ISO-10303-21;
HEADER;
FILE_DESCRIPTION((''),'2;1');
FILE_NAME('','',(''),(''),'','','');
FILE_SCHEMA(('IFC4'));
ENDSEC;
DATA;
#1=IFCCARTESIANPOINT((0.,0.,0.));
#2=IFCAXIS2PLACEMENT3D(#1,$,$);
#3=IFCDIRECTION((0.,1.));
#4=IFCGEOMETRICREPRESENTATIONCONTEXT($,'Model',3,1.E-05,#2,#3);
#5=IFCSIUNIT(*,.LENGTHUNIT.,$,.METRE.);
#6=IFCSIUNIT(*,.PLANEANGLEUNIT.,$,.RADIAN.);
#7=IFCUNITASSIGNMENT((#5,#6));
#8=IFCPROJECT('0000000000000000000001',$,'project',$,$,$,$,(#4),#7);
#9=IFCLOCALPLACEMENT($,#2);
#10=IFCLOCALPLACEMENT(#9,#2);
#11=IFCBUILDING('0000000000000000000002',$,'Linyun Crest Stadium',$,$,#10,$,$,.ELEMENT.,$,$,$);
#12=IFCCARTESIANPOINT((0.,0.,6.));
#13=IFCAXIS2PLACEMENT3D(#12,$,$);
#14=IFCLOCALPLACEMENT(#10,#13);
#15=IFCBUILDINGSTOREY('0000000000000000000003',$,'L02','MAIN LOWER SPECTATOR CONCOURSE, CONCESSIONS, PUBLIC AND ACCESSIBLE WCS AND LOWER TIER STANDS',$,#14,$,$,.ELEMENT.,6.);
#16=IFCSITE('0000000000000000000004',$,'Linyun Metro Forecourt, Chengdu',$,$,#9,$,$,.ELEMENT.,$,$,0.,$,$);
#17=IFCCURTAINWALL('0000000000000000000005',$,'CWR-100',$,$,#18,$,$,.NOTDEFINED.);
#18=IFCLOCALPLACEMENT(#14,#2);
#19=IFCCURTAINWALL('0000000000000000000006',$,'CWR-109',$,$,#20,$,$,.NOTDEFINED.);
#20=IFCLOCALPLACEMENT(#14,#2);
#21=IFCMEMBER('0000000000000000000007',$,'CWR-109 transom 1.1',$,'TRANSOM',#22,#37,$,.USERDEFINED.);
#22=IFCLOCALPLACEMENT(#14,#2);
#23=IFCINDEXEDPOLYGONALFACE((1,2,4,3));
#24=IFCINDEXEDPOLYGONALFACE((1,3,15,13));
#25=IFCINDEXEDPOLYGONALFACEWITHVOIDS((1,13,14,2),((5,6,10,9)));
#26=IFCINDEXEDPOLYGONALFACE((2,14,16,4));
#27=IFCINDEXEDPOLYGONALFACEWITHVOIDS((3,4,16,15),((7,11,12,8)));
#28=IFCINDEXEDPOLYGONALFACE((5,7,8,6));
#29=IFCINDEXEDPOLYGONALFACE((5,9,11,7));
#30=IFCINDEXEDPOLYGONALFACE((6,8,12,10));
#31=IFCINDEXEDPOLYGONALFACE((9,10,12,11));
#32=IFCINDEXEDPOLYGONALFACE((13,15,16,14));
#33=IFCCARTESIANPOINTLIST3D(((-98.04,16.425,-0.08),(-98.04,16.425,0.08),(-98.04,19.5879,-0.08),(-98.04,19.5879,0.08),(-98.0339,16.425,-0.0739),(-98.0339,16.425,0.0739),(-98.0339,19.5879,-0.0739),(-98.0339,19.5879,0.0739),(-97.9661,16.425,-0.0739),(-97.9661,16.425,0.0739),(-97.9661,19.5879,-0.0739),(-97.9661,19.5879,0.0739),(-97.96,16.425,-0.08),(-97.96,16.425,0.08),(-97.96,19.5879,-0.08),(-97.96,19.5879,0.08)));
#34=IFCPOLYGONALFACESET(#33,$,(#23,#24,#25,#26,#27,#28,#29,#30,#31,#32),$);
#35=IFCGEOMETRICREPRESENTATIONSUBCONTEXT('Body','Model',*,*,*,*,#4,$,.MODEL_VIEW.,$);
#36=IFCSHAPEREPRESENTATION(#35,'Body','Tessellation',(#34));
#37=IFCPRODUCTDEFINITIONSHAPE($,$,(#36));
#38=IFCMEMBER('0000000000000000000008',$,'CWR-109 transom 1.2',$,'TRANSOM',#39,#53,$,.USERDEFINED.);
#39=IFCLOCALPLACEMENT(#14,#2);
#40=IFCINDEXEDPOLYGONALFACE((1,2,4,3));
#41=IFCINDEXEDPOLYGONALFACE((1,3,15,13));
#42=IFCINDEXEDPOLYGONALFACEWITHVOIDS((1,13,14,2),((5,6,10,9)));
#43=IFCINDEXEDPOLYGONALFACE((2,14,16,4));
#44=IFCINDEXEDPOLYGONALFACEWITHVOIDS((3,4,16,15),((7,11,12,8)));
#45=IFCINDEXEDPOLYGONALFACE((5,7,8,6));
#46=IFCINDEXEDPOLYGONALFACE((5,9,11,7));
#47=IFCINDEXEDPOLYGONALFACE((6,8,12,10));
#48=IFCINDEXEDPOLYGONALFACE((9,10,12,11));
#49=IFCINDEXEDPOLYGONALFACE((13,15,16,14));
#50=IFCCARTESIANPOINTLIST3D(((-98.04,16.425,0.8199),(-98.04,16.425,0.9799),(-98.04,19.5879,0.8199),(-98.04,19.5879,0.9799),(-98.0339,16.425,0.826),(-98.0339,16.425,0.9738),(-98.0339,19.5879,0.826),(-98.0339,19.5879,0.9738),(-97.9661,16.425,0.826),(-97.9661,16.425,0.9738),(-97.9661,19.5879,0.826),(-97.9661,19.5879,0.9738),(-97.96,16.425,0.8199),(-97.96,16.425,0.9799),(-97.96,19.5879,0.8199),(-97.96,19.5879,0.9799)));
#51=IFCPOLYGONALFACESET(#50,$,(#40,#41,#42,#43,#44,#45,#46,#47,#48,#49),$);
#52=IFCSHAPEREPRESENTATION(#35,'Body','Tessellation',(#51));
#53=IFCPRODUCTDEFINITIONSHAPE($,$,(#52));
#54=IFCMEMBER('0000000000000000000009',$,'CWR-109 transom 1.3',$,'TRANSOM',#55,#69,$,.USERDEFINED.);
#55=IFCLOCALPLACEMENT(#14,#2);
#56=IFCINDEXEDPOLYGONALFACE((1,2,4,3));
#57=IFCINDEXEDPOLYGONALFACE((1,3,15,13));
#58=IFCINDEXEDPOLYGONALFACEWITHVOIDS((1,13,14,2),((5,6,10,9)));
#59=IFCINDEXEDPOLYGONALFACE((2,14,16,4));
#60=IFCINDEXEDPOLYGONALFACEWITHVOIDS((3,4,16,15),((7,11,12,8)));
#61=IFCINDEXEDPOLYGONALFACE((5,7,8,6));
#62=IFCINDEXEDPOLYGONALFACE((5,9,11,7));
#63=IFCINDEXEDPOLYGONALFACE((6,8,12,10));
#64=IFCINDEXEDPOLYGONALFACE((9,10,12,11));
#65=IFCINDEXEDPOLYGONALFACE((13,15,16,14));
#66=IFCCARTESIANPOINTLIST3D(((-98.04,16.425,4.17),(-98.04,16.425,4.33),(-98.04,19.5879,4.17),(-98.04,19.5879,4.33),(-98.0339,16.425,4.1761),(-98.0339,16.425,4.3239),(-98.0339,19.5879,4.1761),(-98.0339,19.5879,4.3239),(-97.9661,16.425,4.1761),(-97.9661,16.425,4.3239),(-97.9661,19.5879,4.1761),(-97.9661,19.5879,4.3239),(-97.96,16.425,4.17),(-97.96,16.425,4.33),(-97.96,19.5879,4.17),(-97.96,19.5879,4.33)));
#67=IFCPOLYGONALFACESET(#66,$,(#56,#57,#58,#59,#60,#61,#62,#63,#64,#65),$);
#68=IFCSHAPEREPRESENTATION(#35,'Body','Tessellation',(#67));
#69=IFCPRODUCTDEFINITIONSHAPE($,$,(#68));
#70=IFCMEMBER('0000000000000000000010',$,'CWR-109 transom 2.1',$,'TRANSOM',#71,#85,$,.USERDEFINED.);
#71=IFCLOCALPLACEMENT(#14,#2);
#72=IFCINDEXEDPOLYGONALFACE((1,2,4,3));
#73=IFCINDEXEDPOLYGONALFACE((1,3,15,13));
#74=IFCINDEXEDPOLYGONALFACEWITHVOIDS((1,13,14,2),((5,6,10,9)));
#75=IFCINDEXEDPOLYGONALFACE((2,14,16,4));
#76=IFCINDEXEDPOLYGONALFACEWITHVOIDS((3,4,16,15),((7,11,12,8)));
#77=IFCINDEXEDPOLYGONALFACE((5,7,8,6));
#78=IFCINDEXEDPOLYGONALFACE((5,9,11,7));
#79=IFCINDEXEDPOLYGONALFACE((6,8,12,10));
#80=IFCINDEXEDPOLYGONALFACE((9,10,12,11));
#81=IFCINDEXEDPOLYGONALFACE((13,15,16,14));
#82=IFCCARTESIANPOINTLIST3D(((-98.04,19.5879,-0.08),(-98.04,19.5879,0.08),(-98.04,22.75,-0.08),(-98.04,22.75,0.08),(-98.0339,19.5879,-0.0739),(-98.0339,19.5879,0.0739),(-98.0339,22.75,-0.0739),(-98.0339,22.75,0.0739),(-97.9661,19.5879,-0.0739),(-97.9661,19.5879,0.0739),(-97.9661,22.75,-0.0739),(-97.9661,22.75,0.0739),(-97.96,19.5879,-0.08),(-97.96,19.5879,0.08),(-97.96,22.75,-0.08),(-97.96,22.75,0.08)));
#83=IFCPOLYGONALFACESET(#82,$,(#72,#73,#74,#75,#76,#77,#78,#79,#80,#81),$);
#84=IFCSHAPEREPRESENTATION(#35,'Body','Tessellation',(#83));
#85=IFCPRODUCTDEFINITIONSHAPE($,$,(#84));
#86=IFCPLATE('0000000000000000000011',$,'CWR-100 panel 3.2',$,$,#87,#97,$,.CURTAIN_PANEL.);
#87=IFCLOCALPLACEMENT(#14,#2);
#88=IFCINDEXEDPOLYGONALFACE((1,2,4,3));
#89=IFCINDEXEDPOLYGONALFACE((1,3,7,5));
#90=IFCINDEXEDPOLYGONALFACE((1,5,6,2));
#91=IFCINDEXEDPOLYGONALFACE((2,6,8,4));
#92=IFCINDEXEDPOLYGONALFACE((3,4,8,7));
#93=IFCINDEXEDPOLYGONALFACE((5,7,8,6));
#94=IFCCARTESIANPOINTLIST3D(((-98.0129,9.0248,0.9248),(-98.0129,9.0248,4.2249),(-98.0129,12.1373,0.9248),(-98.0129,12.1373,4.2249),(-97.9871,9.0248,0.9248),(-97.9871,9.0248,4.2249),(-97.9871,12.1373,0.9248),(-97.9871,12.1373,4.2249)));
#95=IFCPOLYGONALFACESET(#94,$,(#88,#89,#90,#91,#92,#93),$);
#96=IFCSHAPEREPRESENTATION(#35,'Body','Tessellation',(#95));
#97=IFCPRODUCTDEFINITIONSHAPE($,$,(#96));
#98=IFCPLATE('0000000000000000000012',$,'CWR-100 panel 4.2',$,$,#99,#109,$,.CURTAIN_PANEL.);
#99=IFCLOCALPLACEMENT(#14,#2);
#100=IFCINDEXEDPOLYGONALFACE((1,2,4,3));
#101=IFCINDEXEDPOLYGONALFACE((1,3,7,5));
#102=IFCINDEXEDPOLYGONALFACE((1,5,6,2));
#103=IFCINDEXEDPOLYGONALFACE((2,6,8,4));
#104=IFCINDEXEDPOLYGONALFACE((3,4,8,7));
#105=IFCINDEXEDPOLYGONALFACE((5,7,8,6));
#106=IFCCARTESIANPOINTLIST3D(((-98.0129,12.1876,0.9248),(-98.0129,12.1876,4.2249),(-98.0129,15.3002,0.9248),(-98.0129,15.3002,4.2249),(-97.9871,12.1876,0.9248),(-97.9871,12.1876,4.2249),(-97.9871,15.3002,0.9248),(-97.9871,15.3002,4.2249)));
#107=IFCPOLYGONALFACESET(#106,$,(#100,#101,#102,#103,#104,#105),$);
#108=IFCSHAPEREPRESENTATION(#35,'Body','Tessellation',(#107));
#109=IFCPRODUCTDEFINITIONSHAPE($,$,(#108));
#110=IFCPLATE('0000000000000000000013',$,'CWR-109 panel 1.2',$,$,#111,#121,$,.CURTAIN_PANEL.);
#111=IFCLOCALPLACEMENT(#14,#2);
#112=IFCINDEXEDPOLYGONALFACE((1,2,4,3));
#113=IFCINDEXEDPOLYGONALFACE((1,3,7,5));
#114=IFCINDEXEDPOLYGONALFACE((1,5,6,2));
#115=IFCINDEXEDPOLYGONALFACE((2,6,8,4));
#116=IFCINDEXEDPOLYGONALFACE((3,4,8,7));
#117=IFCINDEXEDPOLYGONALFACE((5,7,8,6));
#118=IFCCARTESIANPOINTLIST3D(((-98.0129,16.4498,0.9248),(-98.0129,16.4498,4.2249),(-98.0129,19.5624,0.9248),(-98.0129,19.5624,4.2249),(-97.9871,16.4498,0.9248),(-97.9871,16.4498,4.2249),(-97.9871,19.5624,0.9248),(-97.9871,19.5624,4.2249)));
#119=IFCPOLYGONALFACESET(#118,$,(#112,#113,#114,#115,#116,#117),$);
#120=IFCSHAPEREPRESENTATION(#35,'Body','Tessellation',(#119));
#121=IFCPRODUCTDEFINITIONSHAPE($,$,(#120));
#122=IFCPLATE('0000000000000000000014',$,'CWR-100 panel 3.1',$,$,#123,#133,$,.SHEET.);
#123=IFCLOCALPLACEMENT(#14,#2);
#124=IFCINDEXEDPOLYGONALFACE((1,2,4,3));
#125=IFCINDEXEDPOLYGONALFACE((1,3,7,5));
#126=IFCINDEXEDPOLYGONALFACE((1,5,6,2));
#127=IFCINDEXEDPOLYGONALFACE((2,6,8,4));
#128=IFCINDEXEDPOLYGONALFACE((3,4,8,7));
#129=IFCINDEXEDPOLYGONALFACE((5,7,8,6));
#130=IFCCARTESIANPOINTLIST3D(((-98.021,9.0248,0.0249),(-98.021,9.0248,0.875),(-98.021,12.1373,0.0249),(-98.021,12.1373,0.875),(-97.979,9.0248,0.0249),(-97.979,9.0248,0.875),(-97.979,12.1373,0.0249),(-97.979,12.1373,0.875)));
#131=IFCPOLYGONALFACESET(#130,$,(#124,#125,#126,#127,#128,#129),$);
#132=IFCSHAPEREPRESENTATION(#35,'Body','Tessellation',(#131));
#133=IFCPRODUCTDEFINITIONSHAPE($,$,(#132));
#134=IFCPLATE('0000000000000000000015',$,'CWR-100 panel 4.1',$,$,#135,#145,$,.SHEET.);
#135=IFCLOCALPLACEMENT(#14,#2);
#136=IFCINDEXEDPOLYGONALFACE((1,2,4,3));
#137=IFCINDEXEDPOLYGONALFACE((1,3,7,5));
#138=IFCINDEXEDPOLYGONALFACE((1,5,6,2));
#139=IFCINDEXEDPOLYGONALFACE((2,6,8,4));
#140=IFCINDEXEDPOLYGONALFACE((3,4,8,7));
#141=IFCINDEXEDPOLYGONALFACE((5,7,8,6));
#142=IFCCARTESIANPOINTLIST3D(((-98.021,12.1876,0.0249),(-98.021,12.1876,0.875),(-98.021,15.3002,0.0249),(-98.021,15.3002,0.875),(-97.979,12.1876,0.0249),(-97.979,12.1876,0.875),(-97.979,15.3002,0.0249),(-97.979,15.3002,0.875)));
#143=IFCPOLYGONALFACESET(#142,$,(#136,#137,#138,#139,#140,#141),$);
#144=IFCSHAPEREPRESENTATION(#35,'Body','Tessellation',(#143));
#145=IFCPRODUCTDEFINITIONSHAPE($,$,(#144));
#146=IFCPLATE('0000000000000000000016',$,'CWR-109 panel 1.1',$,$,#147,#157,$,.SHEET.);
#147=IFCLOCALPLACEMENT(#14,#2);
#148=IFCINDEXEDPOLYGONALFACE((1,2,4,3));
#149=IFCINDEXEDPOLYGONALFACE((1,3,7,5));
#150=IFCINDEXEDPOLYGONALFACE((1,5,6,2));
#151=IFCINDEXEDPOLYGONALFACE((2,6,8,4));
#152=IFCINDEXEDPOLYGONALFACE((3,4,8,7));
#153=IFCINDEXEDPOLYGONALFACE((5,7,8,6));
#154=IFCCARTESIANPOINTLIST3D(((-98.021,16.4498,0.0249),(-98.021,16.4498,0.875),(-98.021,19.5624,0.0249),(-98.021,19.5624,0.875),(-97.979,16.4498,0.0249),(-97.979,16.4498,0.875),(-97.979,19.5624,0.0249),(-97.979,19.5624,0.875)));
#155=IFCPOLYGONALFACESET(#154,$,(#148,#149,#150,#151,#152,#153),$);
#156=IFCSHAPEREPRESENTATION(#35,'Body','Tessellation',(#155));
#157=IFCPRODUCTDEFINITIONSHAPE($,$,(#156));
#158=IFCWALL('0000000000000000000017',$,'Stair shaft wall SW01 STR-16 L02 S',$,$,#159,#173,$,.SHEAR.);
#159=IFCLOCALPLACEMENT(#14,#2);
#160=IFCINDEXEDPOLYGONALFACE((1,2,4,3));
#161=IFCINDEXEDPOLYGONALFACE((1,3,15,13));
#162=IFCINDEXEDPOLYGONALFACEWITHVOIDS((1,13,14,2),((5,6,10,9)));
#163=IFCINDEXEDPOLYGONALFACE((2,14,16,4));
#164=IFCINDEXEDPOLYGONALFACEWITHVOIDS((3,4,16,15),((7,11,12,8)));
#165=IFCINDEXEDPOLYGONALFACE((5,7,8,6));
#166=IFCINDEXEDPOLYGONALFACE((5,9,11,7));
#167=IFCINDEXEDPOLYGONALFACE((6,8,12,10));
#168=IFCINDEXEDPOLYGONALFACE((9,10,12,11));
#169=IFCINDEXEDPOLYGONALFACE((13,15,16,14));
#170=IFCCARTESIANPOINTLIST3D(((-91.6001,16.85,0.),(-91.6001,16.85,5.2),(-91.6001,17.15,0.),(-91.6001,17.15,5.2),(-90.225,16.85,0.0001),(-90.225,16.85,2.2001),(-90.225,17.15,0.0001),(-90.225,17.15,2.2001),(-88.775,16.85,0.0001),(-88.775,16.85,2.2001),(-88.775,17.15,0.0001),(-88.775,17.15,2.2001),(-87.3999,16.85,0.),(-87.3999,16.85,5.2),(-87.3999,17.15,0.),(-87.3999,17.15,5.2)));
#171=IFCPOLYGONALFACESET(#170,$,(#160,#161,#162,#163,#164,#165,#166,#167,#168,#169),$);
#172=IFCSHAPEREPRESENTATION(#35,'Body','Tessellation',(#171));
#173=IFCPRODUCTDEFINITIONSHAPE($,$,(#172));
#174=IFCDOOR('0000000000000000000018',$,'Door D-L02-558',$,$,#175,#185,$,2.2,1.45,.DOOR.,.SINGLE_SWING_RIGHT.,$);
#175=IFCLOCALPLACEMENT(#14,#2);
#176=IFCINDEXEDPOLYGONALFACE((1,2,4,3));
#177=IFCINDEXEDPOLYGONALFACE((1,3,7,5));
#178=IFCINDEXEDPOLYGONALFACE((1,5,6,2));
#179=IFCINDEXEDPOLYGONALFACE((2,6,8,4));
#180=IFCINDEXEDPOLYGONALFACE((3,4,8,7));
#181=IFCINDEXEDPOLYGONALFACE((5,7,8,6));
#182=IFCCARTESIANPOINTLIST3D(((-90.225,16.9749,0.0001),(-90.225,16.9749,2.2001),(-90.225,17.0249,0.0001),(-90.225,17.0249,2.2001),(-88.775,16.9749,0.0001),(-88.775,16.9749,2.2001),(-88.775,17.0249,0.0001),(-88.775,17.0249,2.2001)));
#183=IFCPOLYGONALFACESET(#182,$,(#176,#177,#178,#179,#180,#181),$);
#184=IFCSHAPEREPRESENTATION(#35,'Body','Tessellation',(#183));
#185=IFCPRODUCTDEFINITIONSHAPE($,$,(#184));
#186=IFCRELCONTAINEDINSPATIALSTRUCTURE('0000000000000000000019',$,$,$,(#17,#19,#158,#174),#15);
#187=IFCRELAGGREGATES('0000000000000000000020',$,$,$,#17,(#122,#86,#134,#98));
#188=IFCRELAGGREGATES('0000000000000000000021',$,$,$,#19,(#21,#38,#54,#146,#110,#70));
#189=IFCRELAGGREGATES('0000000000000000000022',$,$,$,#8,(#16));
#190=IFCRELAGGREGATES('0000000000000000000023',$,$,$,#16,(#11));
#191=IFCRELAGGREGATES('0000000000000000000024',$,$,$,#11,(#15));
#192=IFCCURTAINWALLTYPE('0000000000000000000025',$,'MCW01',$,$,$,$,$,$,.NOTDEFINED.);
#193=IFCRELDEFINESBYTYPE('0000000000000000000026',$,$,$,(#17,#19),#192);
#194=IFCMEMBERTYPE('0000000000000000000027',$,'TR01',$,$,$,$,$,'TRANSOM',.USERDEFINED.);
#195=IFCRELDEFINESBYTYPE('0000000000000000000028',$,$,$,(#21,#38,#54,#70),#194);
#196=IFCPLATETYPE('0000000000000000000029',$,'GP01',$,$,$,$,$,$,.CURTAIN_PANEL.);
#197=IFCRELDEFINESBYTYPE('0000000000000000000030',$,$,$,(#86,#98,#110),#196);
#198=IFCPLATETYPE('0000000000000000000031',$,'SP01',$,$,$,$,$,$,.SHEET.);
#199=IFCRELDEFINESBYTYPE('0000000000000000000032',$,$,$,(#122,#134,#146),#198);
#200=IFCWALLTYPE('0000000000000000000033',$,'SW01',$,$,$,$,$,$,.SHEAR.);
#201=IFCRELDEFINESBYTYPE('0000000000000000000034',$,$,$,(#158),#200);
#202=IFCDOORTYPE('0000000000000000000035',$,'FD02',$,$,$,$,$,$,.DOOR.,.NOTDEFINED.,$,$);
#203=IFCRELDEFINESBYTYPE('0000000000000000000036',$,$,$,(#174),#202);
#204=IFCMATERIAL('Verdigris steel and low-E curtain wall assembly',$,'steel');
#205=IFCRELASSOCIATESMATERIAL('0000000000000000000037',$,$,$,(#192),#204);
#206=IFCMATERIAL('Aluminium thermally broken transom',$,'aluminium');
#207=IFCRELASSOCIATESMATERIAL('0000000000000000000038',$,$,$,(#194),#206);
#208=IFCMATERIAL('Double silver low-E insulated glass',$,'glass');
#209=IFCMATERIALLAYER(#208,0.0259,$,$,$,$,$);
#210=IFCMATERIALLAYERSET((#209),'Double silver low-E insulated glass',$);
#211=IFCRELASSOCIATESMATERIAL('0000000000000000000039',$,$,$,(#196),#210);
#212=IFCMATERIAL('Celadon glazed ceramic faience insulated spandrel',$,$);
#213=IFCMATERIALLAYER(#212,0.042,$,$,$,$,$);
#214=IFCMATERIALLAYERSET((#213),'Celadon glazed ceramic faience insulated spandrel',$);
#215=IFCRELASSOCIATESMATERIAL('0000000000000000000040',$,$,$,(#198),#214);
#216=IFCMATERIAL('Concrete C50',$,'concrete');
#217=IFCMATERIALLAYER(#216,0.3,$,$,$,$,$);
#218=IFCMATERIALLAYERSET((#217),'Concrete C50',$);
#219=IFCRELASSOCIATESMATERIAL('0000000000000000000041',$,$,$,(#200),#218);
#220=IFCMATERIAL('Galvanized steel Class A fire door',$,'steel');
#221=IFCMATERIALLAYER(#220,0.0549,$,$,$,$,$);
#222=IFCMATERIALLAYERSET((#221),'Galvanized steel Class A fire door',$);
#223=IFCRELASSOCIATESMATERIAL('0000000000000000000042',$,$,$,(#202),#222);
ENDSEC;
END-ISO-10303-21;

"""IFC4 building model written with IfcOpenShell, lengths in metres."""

from ifc_helpers import new_model, si_unit, direction, frame, frame_2d, origin, origin_2d, place, context, subcontext, project, spatial, rectangle, hollow_rectangle, extrude, material, layer, layer_set, material_profile, profile_set, type_object, element, fill, aggregate, save


model = new_model("IFC4")

# Units and contexts
model_context = context("Model", 3, precision=1e-05, world=origin(), true_north=direction((0.0, 1.0)))
body_context = subcontext(model_context, "Body", "Model", "MODEL_VIEW")
ifc_project = project(units=[si_unit("LENGTHUNIT", "METRE"), si_unit("PLANEANGLEUNIT", "RADIAN")], contexts=[model_context])

# Site, building, storey
site_placement = place(None, origin())
site = spatial("IfcSite", under=ifc_project, at=site_placement, Name="Linyun Metro Forecourt, Chengdu", CompositionType="ELEMENT", RefElevation=0.0)
building_placement = place(site_placement, origin())
building = spatial("IfcBuilding", under=site, at=building_placement, Name="Linyun Crest Stadium", CompositionType="ELEMENT")
storey_placement = place(building_placement, frame((0.0, 0.0, 6.0)))
storey = spatial("IfcBuildingStorey", under=building, at=storey_placement, Name="L02", Description="MAIN LOWER SPECTATOR CONCOURSE, CONCESSIONS, PUBLIC AND ACCESSIBLE WCS AND LOWER TIER STANDS", CompositionType="ELEMENT", Elevation=6.0)

# Curtain walls
ifc_material_1 = material(Name="Verdigris steel and low-E curtain wall assembly", Category="steel")
curtain_wall_type = type_object("IfcCurtainWallType", Name="MCW01", PredefinedType="NOTDEFINED", material=ifc_material_1)
curtain_wall_1_placement = place(storey_placement, origin())
curtain_wall_1 = element("IfcCurtainWall", 1, at=curtain_wall_1_placement, inside=storey, type_object=curtain_wall_type, Name="CWR-100", PredefinedType="NOTDEFINED")
curtain_wall_2_placement = place(storey_placement, origin())
curtain_wall_2 = element("IfcCurtainWall", 2, at=curtain_wall_2_placement, inside=storey, type_object=curtain_wall_type, Name="CWR-109", PredefinedType="NOTDEFINED")

# Members
ifc_material_2 = material(Name="Aluminium thermally broken transom", Category="aluminium")
ifc_material_profile_1 = material_profile(ifc_material_2, hollow_rectangle(XDim=0.0801, YDim=0.1599, WallThickness=0.0061, at=origin_2d()), Name="RHS 160x80x6")
ifc_profile_set_1 = profile_set([ifc_material_profile_1], Name="Aluminium thermally broken transom")
member_type_1 = type_object("IfcMemberType", Name="TR01", ElementType="TRANSOM", PredefinedType="USERDEFINED", material=ifc_profile_set_1)
member_1_placement = place(storey_placement, frame((-98.0, 16.425, 0.0), z_axis=(0.0, 1.0, 0.0), x_axis=(-1.0, 0.0, 0.0)))
member_1 = element("IfcMember", 3, at=member_1_placement, type_object=member_type_1, Name="CWR-109 transom 1.1", ObjectType="TRANSOM", PredefinedType="USERDEFINED", context=body_context, shape_type="SweptSolid", body=[
    extrude(hollow_rectangle(XDim=0.0801, YDim=0.1599, WallThickness=0.0061, at=origin_2d()), origin(), (0.0, 0.0, 1.0), 3.1628),
])
member_2_placement = place(storey_placement, frame((-98.0, 16.425, 0.8999), z_axis=(0.0, 1.0, 0.0), x_axis=(-1.0, 0.0, 0.0)))
member_2 = element("IfcMember", 4, at=member_2_placement, type_object=member_type_1, Name="CWR-109 transom 1.2", ObjectType="TRANSOM", PredefinedType="USERDEFINED", context=body_context, shape_type="SweptSolid", body=[
    extrude(hollow_rectangle(XDim=0.0801, YDim=0.1599, WallThickness=0.0061, at=origin_2d()), origin(), (0.0, 0.0, 1.0), 3.1628),
])
member_3_placement = place(storey_placement, frame((-98.0, 16.425, 4.25), z_axis=(0.0, 1.0, 0.0), x_axis=(-1.0, 0.0, 0.0)))
member_3 = element("IfcMember", 5, at=member_3_placement, type_object=member_type_1, Name="CWR-109 transom 1.3", ObjectType="TRANSOM", PredefinedType="USERDEFINED", context=body_context, shape_type="SweptSolid", body=[
    extrude(hollow_rectangle(XDim=0.0801, YDim=0.1599, WallThickness=0.0061, at=origin_2d()), origin(), (0.0, 0.0, 1.0), 3.1628),
])
member_4_placement = place(storey_placement, frame((-98.0, 19.5879, 0.0), z_axis=(0.0, 1.0, 0.0), x_axis=(-1.0, 0.0, 0.0)))
member_4 = element("IfcMember", 6, at=member_4_placement, type_object=member_type_1, Name="CWR-109 transom 2.1", ObjectType="TRANSOM", PredefinedType="USERDEFINED", context=body_context, shape_type="SweptSolid", body=[
    extrude(hollow_rectangle(XDim=0.0801, YDim=0.1599, WallThickness=0.0061, at=origin_2d()), origin(), (0.0, 0.0, 1.0), 3.1621),
])

# Plates
ifc_material_3 = material(Name="Double silver low-E insulated glass", Category="glass")
ifc_layer_1 = layer(ifc_material_3, 0.0259)
ifc_layer_set_1 = layer_set([ifc_layer_1], Name="Double silver low-E insulated glass")
plate_type_1 = type_object("IfcPlateType", Name="GP01", PredefinedType="CURTAIN_PANEL", material=ifc_layer_set_1)
plate_1_placement = place(storey_placement, frame((-98.0, 10.5811, 0.9248), z_axis=(0.0, 0.0, 1.0), x_axis=(0.0, 1.0, 0.0)))
plate_1 = element("IfcPlate", 7, at=plate_1_placement, type_object=plate_type_1, Name="CWR-100 panel 3.2", PredefinedType="CURTAIN_PANEL", context=body_context, shape_type="SweptSolid", body=[
    extrude(rectangle(XDim=3.1125, YDim=0.0259, at=origin_2d()), origin(), (0.0, 0.0, 1.0), 3.3),
])
plate_2_placement = place(storey_placement, frame((-98.0, 13.7439, 0.9248), z_axis=(0.0, 0.0, 1.0), x_axis=(0.0, 1.0, 0.0)))
plate_2 = element("IfcPlate", 8, at=plate_2_placement, type_object=plate_type_1, Name="CWR-100 panel 4.2", PredefinedType="CURTAIN_PANEL", context=body_context, shape_type="SweptSolid", body=[
    extrude(rectangle(XDim=3.1125, YDim=0.0259, at=origin_2d()), origin(), (0.0, 0.0, 1.0), 3.3),
])
plate_3_placement = place(storey_placement, frame((-98.0, 18.0061, 0.9248), z_axis=(0.0, 0.0, 1.0), x_axis=(0.0, 1.0, 0.0)))
plate_3 = element("IfcPlate", 9, at=plate_3_placement, type_object=plate_type_1, Name="CWR-109 panel 1.2", PredefinedType="CURTAIN_PANEL", context=body_context, shape_type="SweptSolid", body=[
    extrude(rectangle(XDim=3.1125, YDim=0.0259, at=origin_2d()), origin(), (0.0, 0.0, 1.0), 3.3),
])
ifc_material_4 = material(Name="Celadon glazed ceramic faience insulated spandrel")
ifc_layer_2 = layer(ifc_material_4, 0.042)
ifc_layer_set_2 = layer_set([ifc_layer_2], Name="Celadon glazed ceramic faience insulated spandrel")
plate_type_2 = type_object("IfcPlateType", Name="SP01", PredefinedType="SHEET", material=ifc_layer_set_2)
plate_4_placement = place(storey_placement, frame((-98.0, 10.5811, 0.0249), z_axis=(0.0, 0.0, 1.0), x_axis=(0.0, 1.0, 0.0)))
plate_4 = element("IfcPlate", 10, at=plate_4_placement, type_object=plate_type_2, Name="CWR-100 panel 3.1", PredefinedType="SHEET", context=body_context, shape_type="SweptSolid", body=[
    extrude(rectangle(XDim=3.1125, YDim=0.042, at=origin_2d()), origin(), (0.0, 0.0, 1.0), 0.8501),
])
plate_5_placement = place(storey_placement, frame((-98.0, 13.7439, 0.0249), z_axis=(0.0, 0.0, 1.0), x_axis=(0.0, 1.0, 0.0)))
plate_5 = element("IfcPlate", 11, at=plate_5_placement, type_object=plate_type_2, Name="CWR-100 panel 4.1", PredefinedType="SHEET", context=body_context, shape_type="SweptSolid", body=[
    extrude(rectangle(XDim=3.1125, YDim=0.042, at=origin_2d()), origin(), (0.0, 0.0, 1.0), 0.8501),
])
aggregate(curtain_wall_1, [plate_4, plate_1, plate_5, plate_2])
plate_6_placement = place(storey_placement, frame((-98.0, 18.0061, 0.0249), z_axis=(0.0, 0.0, 1.0), x_axis=(0.0, 1.0, 0.0)))
plate_6 = element("IfcPlate", 12, at=plate_6_placement, type_object=plate_type_2, Name="CWR-109 panel 1.1", PredefinedType="SHEET", context=body_context, shape_type="SweptSolid", body=[
    extrude(rectangle(XDim=3.1125, YDim=0.042, at=origin_2d()), origin(), (0.0, 0.0, 1.0), 0.8501),
])
aggregate(curtain_wall_2, [member_1, member_2, member_3, plate_6, plate_3, member_4])

# Wall, opening, door
ifc_material_5 = material(Name="Concrete C50", Category="concrete")
ifc_layer_3 = layer(ifc_material_5, 0.3)
ifc_layer_set_3 = layer_set([ifc_layer_3], Name="Concrete C50")
wall_type = type_object("IfcWallType", Name="SW01", PredefinedType="SHEAR", material=ifc_layer_set_3)
wall_1_placement = place(storey_placement, frame((-91.6001, 17.0, 0.0), z_axis=(0.0, 0.0, 1.0), x_axis=(1.0, 0.0, 0.0)))
wall_1 = element("IfcWall", 13, at=wall_1_placement, inside=storey, type_object=wall_type, Name="Stair shaft wall SW01 STR-16 L02 S", PredefinedType="SHEAR", context=body_context, shape_type="SweptSolid", body=[
    extrude(rectangle(XDim=4.2002, YDim=0.3, at=frame_2d((2.1001, 0.0))), origin(), (0.0, 0.0, 1.0), 5.2),
])
opening_placement = place(wall_1_placement, frame((1.375, 0.0, 0.0)))
opening = element("IfcOpeningElement", 14, at=opening_placement, cuts=wall_1, PredefinedType="OPENING", context=body_context, shape_type="SweptSolid", body=[
    extrude(rectangle(XDim=1.45, YDim=2.2, at=frame_2d((0.7251, 1.1001))), frame((0.0, 0.1599, 0.0), z_axis=(0.0, -1.0, 0.0), x_axis=(1.0, 0.0, 0.0)), (0.0, 0.0, 1.0), 0.3201),
])
ifc_material_6 = material(Name="Galvanized steel Class A fire door", Category="steel")
ifc_layer_4 = layer(ifc_material_6, 0.0549)
ifc_layer_set_4 = layer_set([ifc_layer_4], Name="Galvanized steel Class A fire door")
door_type = type_object("IfcDoorType", Name="FD02", OperationType="NOTDEFINED", PredefinedType="DOOR", material=ifc_layer_set_4)
door_placement = place(opening_placement, origin())
door = element("IfcDoor", 15, at=door_placement, inside=storey, type_object=door_type, Name="Door D-L02-558", OperationType="SINGLE_SWING_RIGHT", OverallHeight=2.2, OverallWidth=1.45, PredefinedType="DOOR", context=body_context, shape_type="SweptSolid", body=[
    extrude(rectangle(XDim=1.45, YDim=2.2, at=frame_2d((0.7251, 1.1001))), frame((0.0, 0.0249, 0.0), z_axis=(0.0, -1.0, 0.0), x_axis=(1.0, 0.0, 0.0)), (0.0, 0.0, 1.0), 0.05),
])
fill(opening, door)

save(model, "model.ifc")
